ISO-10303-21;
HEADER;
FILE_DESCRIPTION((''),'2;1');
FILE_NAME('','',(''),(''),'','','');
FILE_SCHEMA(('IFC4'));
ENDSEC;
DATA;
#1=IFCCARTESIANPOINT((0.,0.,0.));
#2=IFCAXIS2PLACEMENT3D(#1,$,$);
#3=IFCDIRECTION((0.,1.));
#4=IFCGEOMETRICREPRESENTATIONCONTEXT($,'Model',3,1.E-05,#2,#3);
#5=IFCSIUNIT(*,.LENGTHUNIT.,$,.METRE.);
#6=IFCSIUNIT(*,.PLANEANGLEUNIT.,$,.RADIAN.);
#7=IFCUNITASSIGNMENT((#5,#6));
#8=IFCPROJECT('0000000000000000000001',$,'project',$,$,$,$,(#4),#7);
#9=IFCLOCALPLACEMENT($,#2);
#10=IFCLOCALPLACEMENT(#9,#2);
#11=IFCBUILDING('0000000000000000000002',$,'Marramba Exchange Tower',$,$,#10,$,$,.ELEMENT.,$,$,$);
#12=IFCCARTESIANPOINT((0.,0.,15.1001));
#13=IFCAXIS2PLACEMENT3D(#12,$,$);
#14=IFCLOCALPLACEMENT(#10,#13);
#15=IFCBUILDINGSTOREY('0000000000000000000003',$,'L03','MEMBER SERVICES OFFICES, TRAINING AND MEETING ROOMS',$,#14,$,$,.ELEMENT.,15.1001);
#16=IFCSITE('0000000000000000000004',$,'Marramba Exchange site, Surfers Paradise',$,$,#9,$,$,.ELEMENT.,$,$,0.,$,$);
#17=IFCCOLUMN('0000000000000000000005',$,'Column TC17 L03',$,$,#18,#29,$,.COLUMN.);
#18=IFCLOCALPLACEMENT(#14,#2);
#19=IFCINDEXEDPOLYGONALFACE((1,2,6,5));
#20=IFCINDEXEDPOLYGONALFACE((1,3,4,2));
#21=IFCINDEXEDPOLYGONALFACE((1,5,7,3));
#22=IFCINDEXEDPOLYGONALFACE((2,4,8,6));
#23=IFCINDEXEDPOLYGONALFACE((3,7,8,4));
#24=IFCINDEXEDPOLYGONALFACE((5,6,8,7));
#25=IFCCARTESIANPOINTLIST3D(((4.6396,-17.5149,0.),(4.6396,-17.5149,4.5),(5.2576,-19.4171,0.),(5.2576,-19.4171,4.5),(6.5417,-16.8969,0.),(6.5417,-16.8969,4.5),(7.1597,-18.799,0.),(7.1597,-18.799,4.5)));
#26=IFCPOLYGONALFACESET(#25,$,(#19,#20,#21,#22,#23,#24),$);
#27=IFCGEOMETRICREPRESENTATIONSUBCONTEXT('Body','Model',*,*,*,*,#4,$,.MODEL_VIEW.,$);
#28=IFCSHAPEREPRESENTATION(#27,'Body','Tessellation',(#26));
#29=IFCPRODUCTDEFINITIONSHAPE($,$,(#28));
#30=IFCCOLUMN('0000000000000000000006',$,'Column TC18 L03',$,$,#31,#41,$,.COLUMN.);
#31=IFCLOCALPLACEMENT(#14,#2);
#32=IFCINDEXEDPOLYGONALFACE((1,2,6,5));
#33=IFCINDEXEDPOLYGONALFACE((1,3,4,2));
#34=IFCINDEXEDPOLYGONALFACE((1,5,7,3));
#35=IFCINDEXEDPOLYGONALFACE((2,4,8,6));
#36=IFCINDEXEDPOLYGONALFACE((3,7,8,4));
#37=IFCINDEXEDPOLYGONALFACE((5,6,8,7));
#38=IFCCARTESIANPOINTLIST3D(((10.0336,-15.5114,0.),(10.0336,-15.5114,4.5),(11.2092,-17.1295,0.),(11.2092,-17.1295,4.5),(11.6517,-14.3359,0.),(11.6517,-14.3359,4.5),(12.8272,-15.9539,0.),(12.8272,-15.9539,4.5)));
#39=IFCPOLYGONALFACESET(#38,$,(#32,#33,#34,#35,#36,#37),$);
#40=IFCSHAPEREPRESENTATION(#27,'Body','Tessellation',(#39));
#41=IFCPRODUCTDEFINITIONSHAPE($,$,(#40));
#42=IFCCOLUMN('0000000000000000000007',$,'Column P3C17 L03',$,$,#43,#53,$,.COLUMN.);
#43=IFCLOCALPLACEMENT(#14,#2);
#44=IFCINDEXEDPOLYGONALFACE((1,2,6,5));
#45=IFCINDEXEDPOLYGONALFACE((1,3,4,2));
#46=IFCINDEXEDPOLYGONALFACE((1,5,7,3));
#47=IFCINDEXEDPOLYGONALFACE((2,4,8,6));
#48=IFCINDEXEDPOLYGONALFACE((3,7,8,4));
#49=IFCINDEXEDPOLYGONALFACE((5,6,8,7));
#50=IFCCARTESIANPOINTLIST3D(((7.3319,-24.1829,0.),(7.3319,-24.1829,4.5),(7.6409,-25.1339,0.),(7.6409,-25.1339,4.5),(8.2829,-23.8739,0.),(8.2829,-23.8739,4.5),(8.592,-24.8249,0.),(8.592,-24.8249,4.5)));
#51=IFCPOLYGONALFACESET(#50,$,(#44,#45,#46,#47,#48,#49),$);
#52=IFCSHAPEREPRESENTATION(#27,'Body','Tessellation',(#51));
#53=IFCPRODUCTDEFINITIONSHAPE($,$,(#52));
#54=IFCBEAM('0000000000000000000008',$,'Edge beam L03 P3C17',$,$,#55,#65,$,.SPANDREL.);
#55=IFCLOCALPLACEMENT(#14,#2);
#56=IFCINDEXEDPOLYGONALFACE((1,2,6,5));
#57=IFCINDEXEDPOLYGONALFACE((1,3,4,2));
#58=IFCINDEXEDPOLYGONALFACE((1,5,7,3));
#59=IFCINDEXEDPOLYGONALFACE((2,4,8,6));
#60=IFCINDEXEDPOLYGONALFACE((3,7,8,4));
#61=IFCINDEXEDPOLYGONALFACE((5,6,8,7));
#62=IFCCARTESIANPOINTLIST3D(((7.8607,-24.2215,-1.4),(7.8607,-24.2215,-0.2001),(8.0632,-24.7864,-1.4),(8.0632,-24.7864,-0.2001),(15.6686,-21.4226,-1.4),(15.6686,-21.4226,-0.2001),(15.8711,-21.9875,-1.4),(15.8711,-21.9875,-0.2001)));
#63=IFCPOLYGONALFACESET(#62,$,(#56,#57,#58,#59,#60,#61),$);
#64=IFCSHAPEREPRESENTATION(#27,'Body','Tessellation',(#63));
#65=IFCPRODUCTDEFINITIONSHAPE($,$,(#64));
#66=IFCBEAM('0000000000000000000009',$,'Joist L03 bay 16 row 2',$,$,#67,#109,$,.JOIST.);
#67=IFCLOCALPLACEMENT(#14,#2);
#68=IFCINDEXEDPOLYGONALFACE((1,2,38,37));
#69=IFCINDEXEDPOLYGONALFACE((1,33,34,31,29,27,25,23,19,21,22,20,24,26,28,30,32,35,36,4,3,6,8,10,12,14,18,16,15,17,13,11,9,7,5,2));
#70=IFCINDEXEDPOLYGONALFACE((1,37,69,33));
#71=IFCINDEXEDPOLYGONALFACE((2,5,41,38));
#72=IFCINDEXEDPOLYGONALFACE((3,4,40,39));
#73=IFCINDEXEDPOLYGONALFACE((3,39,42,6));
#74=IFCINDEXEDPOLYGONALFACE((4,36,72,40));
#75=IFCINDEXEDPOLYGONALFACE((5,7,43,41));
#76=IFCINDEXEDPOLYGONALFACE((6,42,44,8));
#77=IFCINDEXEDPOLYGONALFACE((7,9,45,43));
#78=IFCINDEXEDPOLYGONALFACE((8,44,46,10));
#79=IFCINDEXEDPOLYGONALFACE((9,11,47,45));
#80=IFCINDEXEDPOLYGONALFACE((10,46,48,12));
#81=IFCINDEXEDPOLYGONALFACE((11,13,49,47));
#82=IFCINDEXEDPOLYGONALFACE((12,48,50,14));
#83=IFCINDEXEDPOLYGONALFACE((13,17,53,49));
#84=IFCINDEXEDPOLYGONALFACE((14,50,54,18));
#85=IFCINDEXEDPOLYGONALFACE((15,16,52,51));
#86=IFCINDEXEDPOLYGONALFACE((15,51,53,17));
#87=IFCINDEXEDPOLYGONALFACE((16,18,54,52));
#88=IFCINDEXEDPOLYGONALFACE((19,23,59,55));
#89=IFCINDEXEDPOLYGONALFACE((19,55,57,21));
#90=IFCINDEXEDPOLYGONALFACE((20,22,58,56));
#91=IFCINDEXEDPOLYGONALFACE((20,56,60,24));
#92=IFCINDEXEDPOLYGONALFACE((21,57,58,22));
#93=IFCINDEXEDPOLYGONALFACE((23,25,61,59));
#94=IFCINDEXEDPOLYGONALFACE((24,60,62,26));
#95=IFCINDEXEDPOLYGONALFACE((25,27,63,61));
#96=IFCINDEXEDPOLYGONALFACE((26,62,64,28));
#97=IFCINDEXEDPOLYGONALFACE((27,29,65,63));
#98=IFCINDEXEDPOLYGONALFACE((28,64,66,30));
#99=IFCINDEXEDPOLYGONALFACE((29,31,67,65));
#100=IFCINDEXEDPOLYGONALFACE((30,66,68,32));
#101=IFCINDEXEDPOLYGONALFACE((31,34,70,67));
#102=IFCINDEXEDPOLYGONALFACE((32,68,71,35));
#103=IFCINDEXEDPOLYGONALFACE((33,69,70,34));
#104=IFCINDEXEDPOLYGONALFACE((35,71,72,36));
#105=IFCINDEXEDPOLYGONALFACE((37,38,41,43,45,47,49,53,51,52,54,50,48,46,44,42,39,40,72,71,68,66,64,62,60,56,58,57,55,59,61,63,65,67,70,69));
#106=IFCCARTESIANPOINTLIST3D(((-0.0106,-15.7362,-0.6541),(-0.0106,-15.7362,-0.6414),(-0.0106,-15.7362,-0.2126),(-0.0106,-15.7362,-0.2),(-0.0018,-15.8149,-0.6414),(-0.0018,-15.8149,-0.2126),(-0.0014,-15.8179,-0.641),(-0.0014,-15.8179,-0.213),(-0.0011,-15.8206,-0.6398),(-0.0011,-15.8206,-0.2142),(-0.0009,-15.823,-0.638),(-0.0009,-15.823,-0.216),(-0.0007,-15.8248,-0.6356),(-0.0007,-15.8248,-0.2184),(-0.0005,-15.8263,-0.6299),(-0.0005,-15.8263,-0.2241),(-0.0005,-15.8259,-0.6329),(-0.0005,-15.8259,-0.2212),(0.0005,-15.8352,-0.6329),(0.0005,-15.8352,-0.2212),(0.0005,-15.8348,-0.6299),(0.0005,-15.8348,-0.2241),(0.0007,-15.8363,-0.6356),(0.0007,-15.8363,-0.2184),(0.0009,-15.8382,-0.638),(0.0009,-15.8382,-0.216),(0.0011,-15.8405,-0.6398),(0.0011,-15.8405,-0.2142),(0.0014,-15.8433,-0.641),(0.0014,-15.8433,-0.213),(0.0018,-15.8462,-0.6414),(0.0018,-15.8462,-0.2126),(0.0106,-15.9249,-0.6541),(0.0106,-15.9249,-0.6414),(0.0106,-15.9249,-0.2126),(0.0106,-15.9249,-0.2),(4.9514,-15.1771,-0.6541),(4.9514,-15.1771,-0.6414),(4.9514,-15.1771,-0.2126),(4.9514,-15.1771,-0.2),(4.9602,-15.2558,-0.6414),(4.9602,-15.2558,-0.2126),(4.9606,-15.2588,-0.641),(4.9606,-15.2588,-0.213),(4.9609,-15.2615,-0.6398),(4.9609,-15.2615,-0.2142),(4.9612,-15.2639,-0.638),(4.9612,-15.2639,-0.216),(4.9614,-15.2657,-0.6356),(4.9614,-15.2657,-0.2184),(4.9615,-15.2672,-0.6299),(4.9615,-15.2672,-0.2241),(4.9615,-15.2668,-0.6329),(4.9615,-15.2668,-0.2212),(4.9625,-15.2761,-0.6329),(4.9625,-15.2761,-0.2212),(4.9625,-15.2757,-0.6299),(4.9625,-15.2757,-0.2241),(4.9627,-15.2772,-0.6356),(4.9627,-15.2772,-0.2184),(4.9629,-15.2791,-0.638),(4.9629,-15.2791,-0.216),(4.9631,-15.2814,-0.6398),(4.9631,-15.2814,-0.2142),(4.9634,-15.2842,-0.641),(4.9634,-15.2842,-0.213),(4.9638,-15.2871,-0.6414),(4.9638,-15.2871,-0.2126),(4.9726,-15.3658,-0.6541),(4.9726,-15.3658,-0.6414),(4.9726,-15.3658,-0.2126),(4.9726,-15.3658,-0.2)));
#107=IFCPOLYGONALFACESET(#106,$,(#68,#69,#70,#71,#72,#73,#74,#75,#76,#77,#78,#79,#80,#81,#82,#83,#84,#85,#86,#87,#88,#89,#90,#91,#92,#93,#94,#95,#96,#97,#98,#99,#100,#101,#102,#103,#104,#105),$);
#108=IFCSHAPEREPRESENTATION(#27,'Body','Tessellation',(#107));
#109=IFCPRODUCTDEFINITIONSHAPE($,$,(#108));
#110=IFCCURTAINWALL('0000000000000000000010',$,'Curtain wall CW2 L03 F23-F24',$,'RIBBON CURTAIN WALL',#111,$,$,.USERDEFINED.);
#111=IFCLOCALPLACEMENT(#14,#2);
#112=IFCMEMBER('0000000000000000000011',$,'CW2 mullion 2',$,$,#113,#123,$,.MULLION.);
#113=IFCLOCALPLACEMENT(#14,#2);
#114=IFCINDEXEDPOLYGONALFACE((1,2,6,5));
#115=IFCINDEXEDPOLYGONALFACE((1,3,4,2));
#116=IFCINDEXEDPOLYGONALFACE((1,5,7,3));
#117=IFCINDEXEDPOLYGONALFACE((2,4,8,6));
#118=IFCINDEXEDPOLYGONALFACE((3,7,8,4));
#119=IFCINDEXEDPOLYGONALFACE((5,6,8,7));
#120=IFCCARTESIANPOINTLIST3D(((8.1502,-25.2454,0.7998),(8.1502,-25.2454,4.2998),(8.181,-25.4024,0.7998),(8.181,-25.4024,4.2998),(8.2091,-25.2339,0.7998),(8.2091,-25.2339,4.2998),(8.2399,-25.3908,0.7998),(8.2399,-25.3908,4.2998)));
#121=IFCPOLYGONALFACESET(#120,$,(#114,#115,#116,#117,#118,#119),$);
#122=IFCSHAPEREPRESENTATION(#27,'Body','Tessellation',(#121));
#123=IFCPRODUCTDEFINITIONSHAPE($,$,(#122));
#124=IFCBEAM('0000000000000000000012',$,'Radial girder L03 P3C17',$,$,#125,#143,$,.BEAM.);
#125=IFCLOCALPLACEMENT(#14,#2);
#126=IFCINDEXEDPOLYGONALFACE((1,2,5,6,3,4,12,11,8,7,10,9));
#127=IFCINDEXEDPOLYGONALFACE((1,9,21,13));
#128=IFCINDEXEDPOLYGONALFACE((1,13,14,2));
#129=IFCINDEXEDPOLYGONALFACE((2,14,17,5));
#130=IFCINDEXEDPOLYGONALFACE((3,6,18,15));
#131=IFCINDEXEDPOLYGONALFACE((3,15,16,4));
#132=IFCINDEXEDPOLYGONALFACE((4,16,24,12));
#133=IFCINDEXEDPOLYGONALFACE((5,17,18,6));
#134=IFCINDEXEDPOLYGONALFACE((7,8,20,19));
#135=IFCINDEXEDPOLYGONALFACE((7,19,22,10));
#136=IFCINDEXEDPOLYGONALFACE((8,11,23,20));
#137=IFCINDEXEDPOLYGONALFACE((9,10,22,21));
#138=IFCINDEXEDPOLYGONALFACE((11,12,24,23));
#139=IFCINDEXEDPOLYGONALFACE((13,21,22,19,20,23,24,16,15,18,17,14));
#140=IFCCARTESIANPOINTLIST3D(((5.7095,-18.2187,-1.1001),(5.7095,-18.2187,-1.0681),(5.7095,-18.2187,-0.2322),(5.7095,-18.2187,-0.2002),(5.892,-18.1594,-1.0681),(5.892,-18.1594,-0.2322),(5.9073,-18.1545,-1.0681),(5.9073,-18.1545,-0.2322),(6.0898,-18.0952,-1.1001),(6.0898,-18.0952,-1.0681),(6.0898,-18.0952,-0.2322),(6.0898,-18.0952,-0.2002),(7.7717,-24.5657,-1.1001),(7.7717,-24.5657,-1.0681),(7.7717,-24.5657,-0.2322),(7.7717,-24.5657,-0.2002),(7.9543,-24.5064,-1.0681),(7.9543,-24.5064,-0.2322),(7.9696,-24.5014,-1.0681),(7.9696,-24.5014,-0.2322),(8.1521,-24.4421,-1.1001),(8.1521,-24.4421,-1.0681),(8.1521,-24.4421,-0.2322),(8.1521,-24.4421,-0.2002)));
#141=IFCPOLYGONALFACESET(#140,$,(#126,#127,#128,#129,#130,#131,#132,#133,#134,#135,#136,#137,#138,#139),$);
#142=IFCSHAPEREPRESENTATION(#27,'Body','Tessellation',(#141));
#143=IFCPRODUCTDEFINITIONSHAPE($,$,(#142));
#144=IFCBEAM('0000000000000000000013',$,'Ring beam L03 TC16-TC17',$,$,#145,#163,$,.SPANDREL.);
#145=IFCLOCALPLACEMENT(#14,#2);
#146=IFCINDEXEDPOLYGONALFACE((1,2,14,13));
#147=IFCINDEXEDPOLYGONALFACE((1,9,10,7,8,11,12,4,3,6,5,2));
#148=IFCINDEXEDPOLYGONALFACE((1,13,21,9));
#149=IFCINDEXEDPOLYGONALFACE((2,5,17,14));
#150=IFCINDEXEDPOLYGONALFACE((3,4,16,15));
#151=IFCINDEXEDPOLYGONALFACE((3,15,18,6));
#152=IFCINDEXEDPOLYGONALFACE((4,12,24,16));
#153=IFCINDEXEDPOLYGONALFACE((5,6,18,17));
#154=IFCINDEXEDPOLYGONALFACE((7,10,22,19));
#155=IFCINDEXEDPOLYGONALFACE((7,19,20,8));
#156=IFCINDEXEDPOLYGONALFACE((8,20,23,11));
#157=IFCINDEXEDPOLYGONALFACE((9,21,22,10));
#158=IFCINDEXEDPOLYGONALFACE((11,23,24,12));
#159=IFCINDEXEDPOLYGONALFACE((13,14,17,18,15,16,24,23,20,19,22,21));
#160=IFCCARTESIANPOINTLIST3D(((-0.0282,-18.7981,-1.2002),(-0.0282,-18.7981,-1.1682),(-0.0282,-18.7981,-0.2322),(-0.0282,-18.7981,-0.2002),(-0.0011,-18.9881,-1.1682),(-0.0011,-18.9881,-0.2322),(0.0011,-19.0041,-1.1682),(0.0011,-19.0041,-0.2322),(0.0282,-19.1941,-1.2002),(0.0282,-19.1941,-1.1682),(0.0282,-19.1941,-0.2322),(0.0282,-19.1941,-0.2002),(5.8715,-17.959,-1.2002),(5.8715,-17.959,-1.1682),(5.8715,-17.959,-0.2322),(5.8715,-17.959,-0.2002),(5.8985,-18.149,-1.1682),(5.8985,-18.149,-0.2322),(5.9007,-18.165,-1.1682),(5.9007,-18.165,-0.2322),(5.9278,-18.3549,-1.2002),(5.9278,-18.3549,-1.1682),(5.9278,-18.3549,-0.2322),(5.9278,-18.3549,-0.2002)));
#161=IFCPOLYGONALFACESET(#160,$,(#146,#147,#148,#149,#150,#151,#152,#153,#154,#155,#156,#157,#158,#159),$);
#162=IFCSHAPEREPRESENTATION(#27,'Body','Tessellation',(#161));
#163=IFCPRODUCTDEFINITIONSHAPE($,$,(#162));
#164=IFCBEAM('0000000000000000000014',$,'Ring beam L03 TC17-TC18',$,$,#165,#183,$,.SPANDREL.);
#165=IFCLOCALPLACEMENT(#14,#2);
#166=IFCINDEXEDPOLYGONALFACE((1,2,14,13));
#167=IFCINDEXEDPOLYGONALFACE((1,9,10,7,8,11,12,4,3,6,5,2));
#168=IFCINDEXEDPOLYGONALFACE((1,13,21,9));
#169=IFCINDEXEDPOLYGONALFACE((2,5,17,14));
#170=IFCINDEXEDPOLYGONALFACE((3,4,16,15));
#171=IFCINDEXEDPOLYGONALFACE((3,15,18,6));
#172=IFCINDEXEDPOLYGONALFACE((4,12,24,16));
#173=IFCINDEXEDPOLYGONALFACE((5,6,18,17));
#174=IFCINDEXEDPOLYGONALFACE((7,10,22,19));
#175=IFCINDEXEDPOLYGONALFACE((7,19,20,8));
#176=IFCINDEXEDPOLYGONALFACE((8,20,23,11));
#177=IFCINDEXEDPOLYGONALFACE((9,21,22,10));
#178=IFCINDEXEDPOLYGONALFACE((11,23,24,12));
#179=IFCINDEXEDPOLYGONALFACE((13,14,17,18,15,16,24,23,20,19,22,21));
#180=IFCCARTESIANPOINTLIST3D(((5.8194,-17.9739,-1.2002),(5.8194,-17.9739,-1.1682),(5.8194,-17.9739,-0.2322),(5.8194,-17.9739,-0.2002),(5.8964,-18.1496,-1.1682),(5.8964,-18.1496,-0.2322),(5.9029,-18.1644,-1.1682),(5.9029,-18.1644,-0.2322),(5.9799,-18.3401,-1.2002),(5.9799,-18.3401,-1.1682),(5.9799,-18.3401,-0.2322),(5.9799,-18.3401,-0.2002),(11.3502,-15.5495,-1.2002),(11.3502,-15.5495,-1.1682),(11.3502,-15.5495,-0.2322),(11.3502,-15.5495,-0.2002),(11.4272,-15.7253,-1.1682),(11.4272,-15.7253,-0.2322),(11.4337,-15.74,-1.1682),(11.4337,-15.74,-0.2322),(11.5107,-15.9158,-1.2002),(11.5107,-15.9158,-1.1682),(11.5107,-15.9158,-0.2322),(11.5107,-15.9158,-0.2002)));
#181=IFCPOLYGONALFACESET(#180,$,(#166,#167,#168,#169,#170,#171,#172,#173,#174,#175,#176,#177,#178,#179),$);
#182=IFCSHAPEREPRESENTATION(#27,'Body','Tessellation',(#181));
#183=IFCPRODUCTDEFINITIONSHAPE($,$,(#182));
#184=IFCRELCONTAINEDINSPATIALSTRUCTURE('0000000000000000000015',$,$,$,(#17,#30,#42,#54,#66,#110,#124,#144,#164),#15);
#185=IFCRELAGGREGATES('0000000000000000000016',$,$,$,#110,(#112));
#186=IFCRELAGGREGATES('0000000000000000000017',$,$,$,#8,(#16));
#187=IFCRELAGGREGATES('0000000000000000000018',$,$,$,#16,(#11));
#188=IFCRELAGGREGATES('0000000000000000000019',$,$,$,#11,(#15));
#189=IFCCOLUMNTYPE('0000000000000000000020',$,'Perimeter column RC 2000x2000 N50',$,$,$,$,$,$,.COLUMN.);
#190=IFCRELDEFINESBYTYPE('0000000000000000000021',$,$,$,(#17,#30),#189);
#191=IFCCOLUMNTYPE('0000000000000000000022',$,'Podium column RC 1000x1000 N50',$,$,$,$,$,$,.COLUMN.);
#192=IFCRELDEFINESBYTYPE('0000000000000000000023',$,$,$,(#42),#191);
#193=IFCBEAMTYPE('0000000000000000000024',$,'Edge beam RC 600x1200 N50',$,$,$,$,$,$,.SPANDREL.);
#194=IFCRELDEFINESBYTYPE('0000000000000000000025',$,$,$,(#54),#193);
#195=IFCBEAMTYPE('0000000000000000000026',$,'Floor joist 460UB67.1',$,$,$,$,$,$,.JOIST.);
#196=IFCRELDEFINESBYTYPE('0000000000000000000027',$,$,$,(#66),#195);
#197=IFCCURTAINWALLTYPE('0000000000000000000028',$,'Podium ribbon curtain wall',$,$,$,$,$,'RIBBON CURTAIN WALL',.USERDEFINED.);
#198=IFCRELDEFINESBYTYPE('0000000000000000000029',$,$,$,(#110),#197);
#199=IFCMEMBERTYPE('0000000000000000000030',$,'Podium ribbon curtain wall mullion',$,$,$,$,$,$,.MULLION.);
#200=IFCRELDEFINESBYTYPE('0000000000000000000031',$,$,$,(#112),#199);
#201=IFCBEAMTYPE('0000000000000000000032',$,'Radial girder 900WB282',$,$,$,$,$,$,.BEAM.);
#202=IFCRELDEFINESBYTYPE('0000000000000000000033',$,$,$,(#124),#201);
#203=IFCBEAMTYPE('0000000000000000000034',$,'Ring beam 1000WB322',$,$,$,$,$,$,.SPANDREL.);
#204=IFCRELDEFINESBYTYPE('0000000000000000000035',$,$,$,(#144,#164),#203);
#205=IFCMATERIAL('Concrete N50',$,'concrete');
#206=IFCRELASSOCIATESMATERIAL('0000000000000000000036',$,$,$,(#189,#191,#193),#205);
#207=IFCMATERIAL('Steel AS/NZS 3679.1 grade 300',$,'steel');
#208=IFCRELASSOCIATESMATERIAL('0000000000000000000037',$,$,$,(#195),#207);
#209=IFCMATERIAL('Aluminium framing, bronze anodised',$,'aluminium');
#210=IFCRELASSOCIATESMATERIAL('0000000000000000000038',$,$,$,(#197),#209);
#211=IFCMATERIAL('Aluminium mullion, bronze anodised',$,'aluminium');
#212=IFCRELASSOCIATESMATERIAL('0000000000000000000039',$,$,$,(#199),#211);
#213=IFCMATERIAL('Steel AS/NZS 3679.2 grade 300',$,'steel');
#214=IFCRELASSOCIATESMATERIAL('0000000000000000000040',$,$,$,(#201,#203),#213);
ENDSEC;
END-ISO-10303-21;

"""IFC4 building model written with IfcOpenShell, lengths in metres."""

from ifc_helpers import new_model, si_unit, direction, frame, origin, origin_2d, place, context, subcontext, project, spatial, rectangle, i_section, extrude, material, material_profile, profile_set, type_object, element, aggregate, save


model = new_model("IFC4")

# Units and contexts
model_context = context("Model", 3, precision=1e-05, world=origin(), true_north=direction((0.0, 1.0)))
body_context = subcontext(model_context, "Body", "Model", "MODEL_VIEW")
ifc_project = project(units=[si_unit("LENGTHUNIT", "METRE"), si_unit("PLANEANGLEUNIT", "RADIAN")], contexts=[model_context])

# Site, building, storey
site_placement = place(None, origin())
site = spatial("IfcSite", under=ifc_project, at=site_placement, Name="Marramba Exchange site, Surfers Paradise", CompositionType="ELEMENT", RefElevation=0.0)
building_placement = place(site_placement, origin())
building = spatial("IfcBuilding", under=site, at=building_placement, Name="Marramba Exchange Tower", CompositionType="ELEMENT")
storey_placement = place(building_placement, frame((0.0, 0.0, 15.1001)))
storey = spatial("IfcBuildingStorey", under=building, at=storey_placement, Name="L03", Description="MEMBER SERVICES OFFICES, TRAINING AND MEETING ROOMS", CompositionType="ELEMENT", Elevation=15.1001)

# Columns
ifc_material_1 = material(Name="Concrete N50", Category="concrete")
ifc_material_profile_1 = material_profile(ifc_material_1, rectangle(XDim=2.0, YDim=2.0, at=origin_2d()), Name="RC 2000x2000")
ifc_profile_set_1 = profile_set([ifc_material_profile_1], Name="Concrete N50")
column_type_1 = type_object("IfcColumnType", Name="Perimeter column RC 2000x2000 N50", PredefinedType="COLUMN", material=ifc_profile_set_1)
for number, where, z_axis, x_axis, name in (
    (1, (5.8997, -18.157, 0.0), (0.0, 0.0, 1.0), (0.309017, -0.951057, 0.0), "Column TC17 L03"),
    (2, (11.4304, -15.7327, 0.0), (0.0, 0.0, 1.0), (0.587785, -0.809017, 0.0), "Column TC18 L03"),
):
    element("IfcColumn", number, at=place(storey_placement, frame(where, z_axis=z_axis, x_axis=x_axis)), inside=storey, type_object=column_type_1, Name=name, PredefinedType="COLUMN", context=body_context, shape_type="SweptSolid", body=[
        extrude(rectangle(XDim=2.0, YDim=2.0, at=origin_2d()), origin(), (0.0, 0.0, 1.0), 4.5),
    ])
ifc_material_profile_2 = material_profile(ifc_material_1, rectangle(XDim=1.0, YDim=1.0, at=origin_2d()), Name="RC 1000x1000")
ifc_profile_set_2 = profile_set([ifc_material_profile_2], Name="Concrete N50")
column_type_2 = type_object("IfcColumnType", Name="Podium column RC 1000x1000 N50", PredefinedType="COLUMN", material=ifc_profile_set_2)
column_placement = place(storey_placement, frame((7.9619, -24.5039, 0.0), z_axis=(0.0, 0.0, 1.0), x_axis=(0.309017, -0.951057, 0.0)))
element("IfcColumn", 3, at=column_placement, inside=storey, type_object=column_type_2, Name="Column P3C17 L03", PredefinedType="COLUMN", context=body_context, shape_type="SweptSolid", body=[
    extrude(rectangle(XDim=1.0, YDim=1.0, at=origin_2d()), origin(), (0.0, 0.0, 1.0), 4.5),
])

# Beams
ifc_material_profile_3 = material_profile(ifc_material_1, rectangle(XDim=0.6001, YDim=1.2, at=origin_2d()), Name="RC 600x1200")
ifc_profile_set_3 = profile_set([ifc_material_profile_3], Name="Concrete N50")
beam_type_1 = type_object("IfcBeamType", Name="Edge beam RC 600x1200 N50", PredefinedType="SPANDREL", material=ifc_profile_set_3)
beam_1_placement = place(storey_placement, frame((7.9619, -24.5039, -0.8), z_axis=(0.941348, 0.337438, 0.0), x_axis=(-0.337438, 0.941348, 0.0)))
element("IfcBeam", 4, at=beam_1_placement, inside=storey, type_object=beam_type_1, Name="Edge beam L03 P3C17", PredefinedType="SPANDREL", context=body_context, shape_type="SweptSolid", body=[
    extrude(rectangle(XDim=0.6001, YDim=1.2, at=origin_2d()), origin(), (0.0, 0.0, 1.0), 8.2944),
])
ifc_material_2 = material(Name="Steel AS/NZS 3679.1 grade 300", Category="steel")
ifc_material_profile_4 = material_profile(ifc_material_2, i_section(OverallWidth=0.1899, OverallDepth=0.4541, WebThickness=0.0085, FlangeThickness=0.0127, FilletRadius=0.0115, at=origin_2d()), Name="460UB67.1")
ifc_profile_set_4 = profile_set([ifc_material_profile_4], Name="Steel AS/NZS 3679.1 grade 300")
beam_type_2 = type_object("IfcBeamType", Name="Floor joist 460UB67.1", PredefinedType="JOIST", material=ifc_profile_set_4)
beam_2_placement = place(storey_placement, frame((0.0, -15.8306, -0.427), z_axis=(0.993712, 0.111966, 0.0), x_axis=(-0.111966, 0.993712, 0.0)))
element("IfcBeam", 5, at=beam_2_placement, inside=storey, type_object=beam_type_2, Name="Joist L03 bay 16 row 2", PredefinedType="JOIST", context=body_context, shape_type="SweptSolid", body=[
    extrude(i_section(OverallWidth=0.1899, OverallDepth=0.4541, WebThickness=0.0085, FlangeThickness=0.0127, FilletRadius=0.0115, at=origin_2d()), origin(), (0.0, 0.0, 1.0), 4.9934),
])

# Curtain wall, member
ifc_material_3 = material(Name="Aluminium framing, bronze anodised", Category="aluminium")
curtain_wall_type = type_object("IfcCurtainWallType", Name="Podium ribbon curtain wall", ElementType="RIBBON CURTAIN WALL", PredefinedType="USERDEFINED", material=ifc_material_3)
curtain_wall_placement = place(storey_placement, origin())
curtain_wall = element("IfcCurtainWall", 6, at=curtain_wall_placement, inside=storey, type_object=curtain_wall_type, Name="Curtain wall CW2 L03 F23-F24", ObjectType="RIBBON CURTAIN WALL", PredefinedType="USERDEFINED")
ifc_material_4 = material(Name="Aluminium mullion, bronze anodised", Category="aluminium")
ifc_material_profile_5 = material_profile(ifc_material_4, rectangle(XDim=0.1599, YDim=0.0601, at=origin_2d()), Name="CW2 mullion 60x160")
ifc_profile_set_5 = profile_set([ifc_material_profile_5], Name="Aluminium mullion, bronze anodised")
member_type = type_object("IfcMemberType", Name="Podium ribbon curtain wall mullion", PredefinedType="MULLION", material=ifc_profile_set_5)
member_placement = place(storey_placement, frame((8.1951, -25.3181, 0.7998), z_axis=(0.0, 0.0, 1.0), x_axis=(-0.192768, 0.981244, 0.0)))
member = element("IfcMember", 7, at=member_placement, type_object=member_type, Name="CW2 mullion 2", PredefinedType="MULLION", context=body_context, shape_type="SweptSolid", body=[
    extrude(rectangle(XDim=0.1599, YDim=0.0601, at=origin_2d()), origin(), (0.0, 0.0, 1.0), 3.5),
])
aggregate(curtain_wall, [member])

# Beams
ifc_material_5 = material(Name="Steel AS/NZS 3679.2 grade 300", Category="steel")
ifc_material_profile_6 = material_profile(ifc_material_5, i_section(OverallWidth=0.3999, OverallDepth=0.8999, WebThickness=0.0161, FlangeThickness=0.032, at=origin_2d()), Name="900WB282")
ifc_profile_set_6 = profile_set([ifc_material_profile_6], Name="Steel AS/NZS 3679.2 grade 300")
beam_type_3 = type_object("IfcBeamType", Name="Radial girder 900WB282", PredefinedType="BEAM", material=ifc_profile_set_6)
beam_3_placement = place(storey_placement, frame((7.9619, -24.5039, -0.6501), z_axis=(-0.309019, 0.951056, 0.0), x_axis=(-0.951056, -0.309019, 0.0)))
element("IfcBeam", 8, at=beam_3_placement, inside=storey, type_object=beam_type_3, Name="Radial girder L03 P3C17", PredefinedType="BEAM", context=body_context, shape_type="SweptSolid", body=[
    extrude(i_section(OverallWidth=0.3999, OverallDepth=0.8999, WebThickness=0.0161, FlangeThickness=0.032, at=origin_2d()), origin(), (0.0, 0.0, 1.0), 6.6736),
])
ifc_material_profile_7 = material_profile(ifc_material_5, i_section(OverallWidth=0.3999, OverallDepth=1.0, WebThickness=0.0161, FlangeThickness=0.032, at=origin_2d()), Name="1000WB322")
ifc_profile_set_7 = profile_set([ifc_material_profile_7], Name="Steel AS/NZS 3679.2 grade 300")
beam_type_4 = type_object("IfcBeamType", Name="Ring beam 1000WB322", PredefinedType="SPANDREL", material=ifc_profile_set_7)
beam_4_placement = place(storey_placement, frame((0.0, -18.9961, -0.7002), z_axis=(0.990036, 0.140813, 0.0), x_axis=(-0.140813, 0.990036, 0.0)))
element("IfcBeam", 9, at=beam_4_placement, inside=storey, type_object=beam_type_4, Name="Ring beam L03 TC16-TC17", PredefinedType="SPANDREL", context=body_context, shape_type="SweptSolid", body=[
    extrude(i_section(OverallWidth=0.3999, OverallDepth=1.0, WebThickness=0.0161, FlangeThickness=0.032, at=origin_2d()), origin(), (0.0, 0.0, 1.0), 5.959),
])
beam_5_placement = place(storey_placement, frame((5.8997, -18.157, -0.7002), z_axis=(0.915877, 0.401459, 0.0), x_axis=(-0.401459, 0.915877, 0.0)))
element("IfcBeam", 10, at=beam_5_placement, inside=storey, type_object=beam_type_4, Name="Ring beam L03 TC17-TC18", PredefinedType="SPANDREL", context=body_context, shape_type="SweptSolid", body=[
    extrude(i_section(OverallWidth=0.3999, OverallDepth=1.0, WebThickness=0.0161, FlangeThickness=0.032, at=origin_2d()), origin(), (0.0, 0.0, 1.0), 6.0388),
])

save(model, "model.ifc")
